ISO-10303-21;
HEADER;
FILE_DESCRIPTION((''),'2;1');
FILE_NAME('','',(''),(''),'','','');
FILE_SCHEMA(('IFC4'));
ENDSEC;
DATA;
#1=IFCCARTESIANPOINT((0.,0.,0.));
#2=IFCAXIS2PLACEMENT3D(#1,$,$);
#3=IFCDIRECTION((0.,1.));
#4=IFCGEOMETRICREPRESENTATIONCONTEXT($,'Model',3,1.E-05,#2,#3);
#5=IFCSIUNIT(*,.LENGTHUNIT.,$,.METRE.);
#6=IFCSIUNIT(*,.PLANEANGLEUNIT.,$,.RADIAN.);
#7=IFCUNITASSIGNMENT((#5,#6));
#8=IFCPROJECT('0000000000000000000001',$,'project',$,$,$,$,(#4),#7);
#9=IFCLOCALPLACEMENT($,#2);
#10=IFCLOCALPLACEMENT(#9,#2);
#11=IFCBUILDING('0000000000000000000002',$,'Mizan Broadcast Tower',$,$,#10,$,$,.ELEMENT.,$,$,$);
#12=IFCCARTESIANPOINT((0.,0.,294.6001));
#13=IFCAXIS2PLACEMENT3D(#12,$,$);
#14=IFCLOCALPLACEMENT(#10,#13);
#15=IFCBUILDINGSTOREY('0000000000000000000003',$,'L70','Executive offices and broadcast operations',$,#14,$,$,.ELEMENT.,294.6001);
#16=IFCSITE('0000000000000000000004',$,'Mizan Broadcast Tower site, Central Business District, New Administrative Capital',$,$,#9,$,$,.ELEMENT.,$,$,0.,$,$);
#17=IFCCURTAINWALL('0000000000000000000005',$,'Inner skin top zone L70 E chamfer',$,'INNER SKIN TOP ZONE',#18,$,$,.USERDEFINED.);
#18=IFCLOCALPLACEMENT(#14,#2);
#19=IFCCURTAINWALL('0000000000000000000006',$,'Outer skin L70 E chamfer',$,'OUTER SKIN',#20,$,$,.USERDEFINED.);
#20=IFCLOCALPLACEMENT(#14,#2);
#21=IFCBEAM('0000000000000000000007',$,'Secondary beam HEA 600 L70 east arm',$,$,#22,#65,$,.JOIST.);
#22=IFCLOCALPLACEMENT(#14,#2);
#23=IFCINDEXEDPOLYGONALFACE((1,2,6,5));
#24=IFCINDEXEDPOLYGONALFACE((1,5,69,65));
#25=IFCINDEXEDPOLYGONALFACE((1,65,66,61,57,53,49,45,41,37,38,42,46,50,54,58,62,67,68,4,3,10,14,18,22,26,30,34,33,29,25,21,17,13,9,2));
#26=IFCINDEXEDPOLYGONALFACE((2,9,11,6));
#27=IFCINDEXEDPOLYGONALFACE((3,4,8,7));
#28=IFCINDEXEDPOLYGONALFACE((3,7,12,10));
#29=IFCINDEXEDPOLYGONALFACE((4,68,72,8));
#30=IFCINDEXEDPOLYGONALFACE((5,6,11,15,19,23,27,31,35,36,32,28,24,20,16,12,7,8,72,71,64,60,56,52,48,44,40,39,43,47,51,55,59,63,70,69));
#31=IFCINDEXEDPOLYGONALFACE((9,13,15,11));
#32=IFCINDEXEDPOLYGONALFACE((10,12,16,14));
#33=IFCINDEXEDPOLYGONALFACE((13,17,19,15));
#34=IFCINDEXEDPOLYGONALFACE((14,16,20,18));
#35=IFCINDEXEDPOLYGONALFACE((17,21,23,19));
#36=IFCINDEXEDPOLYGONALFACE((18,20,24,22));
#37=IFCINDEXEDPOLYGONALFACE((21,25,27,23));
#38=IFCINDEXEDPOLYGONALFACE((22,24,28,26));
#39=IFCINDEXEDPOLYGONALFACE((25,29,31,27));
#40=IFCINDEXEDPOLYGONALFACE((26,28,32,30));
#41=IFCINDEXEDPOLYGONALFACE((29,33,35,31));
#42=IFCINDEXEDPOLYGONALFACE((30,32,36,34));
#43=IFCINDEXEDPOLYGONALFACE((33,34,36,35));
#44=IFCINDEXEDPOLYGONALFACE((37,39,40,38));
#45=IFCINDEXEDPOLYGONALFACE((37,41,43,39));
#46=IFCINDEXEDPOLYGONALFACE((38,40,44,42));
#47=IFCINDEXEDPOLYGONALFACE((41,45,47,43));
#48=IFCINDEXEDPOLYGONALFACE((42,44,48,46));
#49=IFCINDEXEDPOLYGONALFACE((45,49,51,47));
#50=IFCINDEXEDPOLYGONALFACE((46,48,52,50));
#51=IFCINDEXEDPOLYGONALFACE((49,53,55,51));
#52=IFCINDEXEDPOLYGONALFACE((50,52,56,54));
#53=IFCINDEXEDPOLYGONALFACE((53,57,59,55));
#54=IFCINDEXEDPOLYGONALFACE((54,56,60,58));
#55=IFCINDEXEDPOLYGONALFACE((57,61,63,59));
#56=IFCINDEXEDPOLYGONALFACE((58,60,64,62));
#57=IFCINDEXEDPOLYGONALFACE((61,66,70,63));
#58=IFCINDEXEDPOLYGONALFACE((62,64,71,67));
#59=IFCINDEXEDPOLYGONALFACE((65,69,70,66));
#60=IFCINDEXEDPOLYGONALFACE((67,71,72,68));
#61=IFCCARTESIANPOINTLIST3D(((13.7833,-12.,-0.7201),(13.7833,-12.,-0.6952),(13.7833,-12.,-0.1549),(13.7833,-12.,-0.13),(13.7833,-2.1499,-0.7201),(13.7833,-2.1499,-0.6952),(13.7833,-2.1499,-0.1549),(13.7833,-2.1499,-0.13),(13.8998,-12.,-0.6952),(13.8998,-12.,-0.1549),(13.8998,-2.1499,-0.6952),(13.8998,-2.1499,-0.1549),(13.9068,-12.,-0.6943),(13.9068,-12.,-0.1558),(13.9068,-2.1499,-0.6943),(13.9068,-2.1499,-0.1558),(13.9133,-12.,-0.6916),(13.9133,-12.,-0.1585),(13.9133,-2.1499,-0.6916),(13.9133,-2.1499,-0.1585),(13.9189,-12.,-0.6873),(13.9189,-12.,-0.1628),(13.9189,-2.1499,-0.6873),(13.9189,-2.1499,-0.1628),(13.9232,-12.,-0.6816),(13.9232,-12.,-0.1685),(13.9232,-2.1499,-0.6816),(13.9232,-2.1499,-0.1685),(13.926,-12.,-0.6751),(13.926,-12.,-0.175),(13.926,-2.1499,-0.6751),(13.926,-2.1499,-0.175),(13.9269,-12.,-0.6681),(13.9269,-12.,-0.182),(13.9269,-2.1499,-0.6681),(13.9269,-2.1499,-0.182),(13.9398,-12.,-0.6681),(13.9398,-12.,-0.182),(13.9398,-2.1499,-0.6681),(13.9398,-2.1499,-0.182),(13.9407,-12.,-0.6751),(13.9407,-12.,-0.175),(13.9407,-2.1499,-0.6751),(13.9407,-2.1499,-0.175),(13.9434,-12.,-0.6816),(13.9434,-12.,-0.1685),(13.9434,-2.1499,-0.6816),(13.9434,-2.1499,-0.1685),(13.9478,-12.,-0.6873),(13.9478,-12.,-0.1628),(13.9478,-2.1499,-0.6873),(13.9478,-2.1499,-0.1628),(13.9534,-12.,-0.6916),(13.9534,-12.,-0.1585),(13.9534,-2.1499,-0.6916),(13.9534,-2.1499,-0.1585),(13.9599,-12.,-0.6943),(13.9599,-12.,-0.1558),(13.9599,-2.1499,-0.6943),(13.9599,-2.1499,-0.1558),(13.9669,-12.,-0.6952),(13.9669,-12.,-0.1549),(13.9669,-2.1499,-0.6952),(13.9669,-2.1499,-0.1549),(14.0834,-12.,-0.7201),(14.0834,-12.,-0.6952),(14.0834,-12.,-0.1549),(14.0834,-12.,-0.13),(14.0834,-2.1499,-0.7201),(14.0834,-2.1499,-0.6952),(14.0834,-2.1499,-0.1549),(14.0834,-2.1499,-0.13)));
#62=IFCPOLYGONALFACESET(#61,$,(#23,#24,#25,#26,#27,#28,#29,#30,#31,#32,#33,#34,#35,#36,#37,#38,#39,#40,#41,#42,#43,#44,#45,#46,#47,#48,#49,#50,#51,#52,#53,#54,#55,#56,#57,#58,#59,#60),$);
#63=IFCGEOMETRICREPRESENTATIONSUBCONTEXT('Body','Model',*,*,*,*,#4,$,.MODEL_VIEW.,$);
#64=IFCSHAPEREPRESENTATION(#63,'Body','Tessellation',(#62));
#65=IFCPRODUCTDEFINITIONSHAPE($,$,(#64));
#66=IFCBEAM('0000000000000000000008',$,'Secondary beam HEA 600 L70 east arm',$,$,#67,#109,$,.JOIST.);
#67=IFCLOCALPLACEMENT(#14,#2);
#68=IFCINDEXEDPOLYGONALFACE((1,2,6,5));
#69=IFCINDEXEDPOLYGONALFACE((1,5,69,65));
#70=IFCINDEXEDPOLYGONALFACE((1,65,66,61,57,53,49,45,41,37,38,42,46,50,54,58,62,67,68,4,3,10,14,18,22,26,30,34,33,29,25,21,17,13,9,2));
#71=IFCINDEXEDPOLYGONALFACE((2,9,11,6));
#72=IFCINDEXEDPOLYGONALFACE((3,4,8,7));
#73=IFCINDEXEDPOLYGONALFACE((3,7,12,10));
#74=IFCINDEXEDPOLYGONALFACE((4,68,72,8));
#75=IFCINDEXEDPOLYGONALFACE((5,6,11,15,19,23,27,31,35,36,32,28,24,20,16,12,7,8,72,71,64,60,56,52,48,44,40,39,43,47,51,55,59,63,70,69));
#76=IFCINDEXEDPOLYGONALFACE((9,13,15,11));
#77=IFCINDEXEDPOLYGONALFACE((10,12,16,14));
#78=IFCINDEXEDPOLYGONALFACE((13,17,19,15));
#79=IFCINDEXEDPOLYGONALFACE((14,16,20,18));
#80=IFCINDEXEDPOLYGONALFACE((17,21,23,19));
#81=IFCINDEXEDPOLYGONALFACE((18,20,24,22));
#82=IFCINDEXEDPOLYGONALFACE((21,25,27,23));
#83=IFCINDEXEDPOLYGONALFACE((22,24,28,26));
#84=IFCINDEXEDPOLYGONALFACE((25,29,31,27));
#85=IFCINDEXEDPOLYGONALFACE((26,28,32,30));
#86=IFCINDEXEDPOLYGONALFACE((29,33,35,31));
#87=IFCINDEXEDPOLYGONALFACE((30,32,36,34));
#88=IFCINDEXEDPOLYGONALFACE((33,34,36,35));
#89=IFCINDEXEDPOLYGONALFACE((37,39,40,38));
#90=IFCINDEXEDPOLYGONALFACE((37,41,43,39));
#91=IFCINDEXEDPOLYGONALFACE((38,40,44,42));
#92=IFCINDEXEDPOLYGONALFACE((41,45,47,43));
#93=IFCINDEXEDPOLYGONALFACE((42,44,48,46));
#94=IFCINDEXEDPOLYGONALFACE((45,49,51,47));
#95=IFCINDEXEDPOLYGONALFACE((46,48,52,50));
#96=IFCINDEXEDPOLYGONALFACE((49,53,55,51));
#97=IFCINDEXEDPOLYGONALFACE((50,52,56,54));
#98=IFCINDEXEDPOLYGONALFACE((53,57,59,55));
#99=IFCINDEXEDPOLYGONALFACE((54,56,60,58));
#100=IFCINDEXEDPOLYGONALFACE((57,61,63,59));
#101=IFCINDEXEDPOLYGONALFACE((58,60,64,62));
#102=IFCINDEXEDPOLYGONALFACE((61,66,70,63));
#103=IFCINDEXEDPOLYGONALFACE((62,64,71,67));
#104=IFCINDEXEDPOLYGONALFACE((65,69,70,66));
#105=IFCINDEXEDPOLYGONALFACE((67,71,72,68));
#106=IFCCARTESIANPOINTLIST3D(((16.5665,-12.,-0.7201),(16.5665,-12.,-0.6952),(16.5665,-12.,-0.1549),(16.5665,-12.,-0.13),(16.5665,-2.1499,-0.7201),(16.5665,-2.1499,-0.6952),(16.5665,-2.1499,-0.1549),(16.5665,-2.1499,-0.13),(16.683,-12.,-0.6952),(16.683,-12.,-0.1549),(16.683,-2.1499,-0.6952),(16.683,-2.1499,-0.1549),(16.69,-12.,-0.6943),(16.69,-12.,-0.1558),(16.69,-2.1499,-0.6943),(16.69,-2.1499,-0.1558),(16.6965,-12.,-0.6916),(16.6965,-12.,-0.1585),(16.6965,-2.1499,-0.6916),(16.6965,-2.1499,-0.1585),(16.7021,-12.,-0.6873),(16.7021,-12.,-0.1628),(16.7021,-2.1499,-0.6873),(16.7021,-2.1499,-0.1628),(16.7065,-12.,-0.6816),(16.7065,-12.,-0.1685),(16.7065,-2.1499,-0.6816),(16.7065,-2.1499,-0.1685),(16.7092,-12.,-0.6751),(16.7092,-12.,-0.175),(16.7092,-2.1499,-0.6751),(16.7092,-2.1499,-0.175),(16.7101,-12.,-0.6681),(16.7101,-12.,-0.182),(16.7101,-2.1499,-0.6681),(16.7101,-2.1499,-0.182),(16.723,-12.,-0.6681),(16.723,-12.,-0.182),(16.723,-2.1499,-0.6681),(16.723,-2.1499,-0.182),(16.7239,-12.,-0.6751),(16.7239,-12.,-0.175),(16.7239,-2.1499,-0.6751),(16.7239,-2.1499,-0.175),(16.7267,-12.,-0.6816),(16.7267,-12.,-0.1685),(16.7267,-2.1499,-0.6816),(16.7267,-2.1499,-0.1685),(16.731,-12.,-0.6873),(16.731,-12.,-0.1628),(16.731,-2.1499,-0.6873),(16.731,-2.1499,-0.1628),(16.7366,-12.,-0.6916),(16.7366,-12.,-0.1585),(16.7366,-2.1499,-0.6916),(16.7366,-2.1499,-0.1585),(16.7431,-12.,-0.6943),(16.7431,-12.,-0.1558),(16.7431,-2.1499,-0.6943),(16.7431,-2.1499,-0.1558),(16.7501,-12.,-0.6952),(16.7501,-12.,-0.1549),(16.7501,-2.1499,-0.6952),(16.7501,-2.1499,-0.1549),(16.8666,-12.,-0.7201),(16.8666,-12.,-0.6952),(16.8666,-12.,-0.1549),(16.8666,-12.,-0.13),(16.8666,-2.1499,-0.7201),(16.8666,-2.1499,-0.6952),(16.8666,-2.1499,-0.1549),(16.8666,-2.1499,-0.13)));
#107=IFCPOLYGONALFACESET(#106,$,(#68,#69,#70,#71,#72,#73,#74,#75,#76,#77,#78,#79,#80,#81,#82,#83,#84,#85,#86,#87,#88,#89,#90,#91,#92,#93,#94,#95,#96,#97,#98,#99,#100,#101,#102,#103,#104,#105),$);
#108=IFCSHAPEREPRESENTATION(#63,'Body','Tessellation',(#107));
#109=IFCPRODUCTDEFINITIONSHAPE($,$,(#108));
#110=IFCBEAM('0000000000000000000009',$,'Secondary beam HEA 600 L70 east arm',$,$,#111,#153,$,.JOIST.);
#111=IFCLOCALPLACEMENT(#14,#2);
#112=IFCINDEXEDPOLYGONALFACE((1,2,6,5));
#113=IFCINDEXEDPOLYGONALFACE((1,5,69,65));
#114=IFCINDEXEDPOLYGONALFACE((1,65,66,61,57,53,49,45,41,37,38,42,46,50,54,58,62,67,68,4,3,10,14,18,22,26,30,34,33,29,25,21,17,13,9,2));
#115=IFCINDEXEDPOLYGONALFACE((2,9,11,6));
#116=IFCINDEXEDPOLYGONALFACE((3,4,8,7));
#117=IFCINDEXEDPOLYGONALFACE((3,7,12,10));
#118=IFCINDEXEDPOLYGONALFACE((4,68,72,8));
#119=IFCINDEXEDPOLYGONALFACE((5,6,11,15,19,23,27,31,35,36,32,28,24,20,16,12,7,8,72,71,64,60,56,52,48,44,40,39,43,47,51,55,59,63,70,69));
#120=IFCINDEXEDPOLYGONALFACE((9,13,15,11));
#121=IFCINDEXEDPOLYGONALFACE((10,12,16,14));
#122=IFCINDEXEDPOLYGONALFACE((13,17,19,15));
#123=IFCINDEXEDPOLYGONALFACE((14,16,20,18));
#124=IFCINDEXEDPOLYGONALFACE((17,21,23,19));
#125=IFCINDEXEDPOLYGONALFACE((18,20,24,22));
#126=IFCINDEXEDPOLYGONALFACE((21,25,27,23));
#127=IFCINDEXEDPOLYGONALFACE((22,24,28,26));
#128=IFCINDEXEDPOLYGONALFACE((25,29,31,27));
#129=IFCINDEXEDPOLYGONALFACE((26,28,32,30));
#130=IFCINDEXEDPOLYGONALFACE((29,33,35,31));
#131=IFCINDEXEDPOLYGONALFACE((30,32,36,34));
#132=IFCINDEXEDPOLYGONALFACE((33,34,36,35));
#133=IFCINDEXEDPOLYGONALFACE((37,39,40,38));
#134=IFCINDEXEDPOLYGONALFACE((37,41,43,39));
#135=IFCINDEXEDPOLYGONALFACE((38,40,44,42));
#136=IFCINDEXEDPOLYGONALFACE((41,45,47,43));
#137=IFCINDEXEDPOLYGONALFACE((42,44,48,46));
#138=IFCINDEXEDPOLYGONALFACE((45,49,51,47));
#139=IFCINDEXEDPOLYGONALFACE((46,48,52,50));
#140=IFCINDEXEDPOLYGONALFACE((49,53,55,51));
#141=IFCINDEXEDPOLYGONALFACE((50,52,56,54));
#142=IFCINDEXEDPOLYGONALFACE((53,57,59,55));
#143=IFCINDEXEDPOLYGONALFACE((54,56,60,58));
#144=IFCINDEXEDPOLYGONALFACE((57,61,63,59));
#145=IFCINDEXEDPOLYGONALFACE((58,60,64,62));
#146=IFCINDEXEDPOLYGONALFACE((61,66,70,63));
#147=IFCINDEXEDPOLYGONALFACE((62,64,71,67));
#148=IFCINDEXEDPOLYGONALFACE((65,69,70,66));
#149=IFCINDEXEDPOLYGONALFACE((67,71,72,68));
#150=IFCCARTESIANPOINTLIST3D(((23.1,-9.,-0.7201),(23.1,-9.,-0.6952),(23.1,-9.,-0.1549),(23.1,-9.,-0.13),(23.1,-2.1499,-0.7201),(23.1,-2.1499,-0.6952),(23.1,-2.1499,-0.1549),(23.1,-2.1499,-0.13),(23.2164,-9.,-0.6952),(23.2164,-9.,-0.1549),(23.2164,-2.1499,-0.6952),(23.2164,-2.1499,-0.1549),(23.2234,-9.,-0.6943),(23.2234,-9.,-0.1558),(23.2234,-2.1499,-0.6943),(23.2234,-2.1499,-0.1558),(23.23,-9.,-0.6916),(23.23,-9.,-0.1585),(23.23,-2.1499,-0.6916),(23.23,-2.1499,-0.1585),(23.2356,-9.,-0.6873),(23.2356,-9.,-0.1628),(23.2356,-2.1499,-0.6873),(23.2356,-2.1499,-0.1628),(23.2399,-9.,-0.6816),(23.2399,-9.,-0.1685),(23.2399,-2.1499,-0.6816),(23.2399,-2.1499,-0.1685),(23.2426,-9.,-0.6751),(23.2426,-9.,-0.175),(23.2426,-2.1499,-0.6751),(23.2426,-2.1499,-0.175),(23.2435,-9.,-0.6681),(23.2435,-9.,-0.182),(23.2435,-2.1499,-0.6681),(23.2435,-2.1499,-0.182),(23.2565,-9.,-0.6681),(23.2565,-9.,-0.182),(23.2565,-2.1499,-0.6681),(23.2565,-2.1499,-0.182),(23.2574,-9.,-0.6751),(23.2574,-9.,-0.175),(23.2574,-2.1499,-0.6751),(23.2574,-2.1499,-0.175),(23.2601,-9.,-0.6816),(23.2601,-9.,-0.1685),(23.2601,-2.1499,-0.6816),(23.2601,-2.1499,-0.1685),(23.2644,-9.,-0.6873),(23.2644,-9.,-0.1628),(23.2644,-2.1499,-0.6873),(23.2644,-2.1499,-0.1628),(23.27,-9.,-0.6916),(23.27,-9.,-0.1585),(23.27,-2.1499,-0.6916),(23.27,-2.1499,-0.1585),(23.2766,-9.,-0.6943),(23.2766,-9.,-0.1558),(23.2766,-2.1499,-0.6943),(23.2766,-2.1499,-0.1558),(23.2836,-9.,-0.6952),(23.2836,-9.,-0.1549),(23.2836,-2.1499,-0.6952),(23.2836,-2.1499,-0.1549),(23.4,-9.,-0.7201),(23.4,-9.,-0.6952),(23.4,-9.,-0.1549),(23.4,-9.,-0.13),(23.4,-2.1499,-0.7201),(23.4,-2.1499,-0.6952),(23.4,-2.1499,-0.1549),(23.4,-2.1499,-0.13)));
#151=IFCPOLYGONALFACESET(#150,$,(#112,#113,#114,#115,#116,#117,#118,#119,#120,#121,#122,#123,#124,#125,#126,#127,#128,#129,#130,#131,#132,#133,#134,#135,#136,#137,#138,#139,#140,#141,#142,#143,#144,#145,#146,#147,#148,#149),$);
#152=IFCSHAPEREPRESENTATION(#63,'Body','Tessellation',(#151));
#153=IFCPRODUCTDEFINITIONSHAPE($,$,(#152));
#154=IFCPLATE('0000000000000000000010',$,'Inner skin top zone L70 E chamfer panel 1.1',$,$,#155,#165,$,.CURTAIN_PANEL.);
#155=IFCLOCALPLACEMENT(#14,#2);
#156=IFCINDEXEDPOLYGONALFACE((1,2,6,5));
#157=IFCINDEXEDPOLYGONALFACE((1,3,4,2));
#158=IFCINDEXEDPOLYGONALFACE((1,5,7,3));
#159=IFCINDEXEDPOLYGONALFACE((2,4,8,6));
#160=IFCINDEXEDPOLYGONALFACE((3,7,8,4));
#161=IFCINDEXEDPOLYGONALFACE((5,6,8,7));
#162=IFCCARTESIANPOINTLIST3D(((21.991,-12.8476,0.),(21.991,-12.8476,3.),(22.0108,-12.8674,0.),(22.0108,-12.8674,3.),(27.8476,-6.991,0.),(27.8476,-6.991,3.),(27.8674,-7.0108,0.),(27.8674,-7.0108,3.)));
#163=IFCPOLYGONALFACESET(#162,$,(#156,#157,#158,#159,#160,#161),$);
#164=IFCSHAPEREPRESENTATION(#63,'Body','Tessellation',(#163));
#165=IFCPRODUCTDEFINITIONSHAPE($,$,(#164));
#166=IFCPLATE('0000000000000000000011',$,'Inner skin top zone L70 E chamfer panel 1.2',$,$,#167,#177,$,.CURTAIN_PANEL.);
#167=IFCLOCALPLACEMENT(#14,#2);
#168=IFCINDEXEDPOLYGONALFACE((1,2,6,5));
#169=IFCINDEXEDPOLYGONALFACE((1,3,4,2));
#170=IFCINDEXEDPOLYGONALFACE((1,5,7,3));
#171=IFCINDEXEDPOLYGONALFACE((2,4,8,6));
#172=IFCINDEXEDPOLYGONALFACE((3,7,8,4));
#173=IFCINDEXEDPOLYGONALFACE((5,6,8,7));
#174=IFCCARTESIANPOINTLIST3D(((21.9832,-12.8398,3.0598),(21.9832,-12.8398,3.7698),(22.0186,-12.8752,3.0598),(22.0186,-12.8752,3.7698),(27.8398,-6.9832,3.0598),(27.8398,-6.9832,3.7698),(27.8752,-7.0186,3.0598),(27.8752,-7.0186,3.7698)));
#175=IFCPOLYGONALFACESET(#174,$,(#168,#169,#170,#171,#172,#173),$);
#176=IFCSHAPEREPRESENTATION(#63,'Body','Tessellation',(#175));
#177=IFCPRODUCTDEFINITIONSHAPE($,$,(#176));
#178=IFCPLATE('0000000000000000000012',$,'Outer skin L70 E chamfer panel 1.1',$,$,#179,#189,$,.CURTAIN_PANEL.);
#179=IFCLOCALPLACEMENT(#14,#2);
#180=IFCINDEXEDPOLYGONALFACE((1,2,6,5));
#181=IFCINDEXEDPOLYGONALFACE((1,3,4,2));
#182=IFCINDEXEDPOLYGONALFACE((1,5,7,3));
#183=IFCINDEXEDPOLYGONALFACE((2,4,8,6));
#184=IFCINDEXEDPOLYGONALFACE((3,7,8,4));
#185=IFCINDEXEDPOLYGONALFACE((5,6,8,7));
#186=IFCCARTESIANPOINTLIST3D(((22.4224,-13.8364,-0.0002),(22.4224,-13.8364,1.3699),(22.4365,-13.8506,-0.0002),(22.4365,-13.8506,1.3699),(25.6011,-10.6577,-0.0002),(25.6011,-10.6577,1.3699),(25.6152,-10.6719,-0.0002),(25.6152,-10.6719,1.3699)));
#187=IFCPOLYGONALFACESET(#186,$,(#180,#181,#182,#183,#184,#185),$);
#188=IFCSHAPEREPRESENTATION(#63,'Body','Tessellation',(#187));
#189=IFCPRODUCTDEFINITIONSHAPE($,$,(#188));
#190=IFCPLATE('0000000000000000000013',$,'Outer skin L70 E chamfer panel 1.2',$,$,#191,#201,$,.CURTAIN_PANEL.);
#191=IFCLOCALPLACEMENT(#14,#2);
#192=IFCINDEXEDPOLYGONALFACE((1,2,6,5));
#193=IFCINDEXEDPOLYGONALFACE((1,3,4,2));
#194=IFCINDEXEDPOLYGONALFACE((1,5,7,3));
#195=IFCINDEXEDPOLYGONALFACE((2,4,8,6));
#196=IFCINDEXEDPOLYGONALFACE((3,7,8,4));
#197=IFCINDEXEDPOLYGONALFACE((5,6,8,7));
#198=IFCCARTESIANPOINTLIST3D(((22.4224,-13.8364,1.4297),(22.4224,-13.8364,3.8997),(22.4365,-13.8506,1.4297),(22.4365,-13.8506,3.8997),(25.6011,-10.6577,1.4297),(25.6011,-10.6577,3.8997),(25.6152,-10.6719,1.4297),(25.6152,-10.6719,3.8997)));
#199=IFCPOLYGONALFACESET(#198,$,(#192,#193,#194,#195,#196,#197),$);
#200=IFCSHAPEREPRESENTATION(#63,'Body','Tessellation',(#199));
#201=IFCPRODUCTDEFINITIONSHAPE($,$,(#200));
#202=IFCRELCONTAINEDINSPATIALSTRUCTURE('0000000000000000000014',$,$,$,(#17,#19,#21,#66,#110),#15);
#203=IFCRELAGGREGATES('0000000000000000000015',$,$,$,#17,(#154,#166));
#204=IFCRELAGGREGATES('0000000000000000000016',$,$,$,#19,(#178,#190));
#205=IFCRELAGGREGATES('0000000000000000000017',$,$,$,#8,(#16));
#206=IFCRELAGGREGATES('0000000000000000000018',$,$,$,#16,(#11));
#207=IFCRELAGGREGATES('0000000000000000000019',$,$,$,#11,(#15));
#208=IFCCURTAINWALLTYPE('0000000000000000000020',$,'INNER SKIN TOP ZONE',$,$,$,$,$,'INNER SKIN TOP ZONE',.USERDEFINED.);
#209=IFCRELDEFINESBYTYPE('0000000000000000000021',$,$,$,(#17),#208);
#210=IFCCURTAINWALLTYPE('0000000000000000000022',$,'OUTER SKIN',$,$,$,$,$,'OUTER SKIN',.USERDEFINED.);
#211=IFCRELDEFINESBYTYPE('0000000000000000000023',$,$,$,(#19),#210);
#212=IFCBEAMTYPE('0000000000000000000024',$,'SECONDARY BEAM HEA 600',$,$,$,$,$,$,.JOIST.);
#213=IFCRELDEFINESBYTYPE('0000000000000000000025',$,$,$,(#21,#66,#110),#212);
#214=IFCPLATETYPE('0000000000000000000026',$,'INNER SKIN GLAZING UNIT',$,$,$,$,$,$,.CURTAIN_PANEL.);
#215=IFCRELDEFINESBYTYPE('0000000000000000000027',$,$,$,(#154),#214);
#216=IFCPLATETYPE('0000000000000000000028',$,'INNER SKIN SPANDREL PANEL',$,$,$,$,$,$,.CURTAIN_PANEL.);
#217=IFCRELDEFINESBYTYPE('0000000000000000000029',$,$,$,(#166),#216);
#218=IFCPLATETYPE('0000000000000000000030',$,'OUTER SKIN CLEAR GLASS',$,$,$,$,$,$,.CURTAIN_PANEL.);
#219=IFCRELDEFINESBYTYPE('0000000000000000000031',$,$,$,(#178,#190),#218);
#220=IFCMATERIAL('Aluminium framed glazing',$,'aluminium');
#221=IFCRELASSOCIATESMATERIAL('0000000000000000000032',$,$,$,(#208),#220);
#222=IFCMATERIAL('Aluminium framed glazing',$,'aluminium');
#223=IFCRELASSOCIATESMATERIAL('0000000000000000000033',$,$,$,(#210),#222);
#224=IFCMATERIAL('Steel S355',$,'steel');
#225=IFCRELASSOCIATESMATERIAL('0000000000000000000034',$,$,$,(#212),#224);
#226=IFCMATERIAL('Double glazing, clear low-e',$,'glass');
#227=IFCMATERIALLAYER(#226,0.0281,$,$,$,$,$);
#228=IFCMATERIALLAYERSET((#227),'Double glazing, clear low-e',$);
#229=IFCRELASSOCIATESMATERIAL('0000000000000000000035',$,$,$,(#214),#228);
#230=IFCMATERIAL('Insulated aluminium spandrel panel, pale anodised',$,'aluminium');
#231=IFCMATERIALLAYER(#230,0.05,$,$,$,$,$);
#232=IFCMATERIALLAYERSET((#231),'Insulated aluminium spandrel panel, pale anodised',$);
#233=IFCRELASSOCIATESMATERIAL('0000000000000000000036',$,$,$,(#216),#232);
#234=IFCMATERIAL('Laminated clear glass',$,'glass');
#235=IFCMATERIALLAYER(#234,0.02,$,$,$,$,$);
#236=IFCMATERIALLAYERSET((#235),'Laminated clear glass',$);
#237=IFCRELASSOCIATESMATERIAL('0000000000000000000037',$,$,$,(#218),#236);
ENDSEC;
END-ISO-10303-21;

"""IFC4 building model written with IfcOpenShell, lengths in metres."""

from ifc_helpers import new_model, si_unit, direction, frame, origin, origin_2d, place, context, subcontext, project, spatial, rectangle, i_section, extrude, material, layer, layer_set, material_profile, profile_set, type_object, element, aggregate, save


model = new_model("IFC4")

# Units and contexts
model_context = context("Model", 3, precision=1e-05, world=origin(), true_north=direction((0.0, 1.0)))
body_context = subcontext(model_context, "Body", "Model", "MODEL_VIEW")
ifc_project = project(units=[si_unit("LENGTHUNIT", "METRE"), si_unit("PLANEANGLEUNIT", "RADIAN")], contexts=[model_context])

# Site, building, storey
site_placement = place(None, origin())
site = spatial("IfcSite", under=ifc_project, at=site_placement, Name="Mizan Broadcast Tower site, Central Business District, New Administrative Capital", CompositionType="ELEMENT", RefElevation=0.0)
building_placement = place(site_placement, origin())
building = spatial("IfcBuilding", under=site, at=building_placement, Name="Mizan Broadcast Tower", CompositionType="ELEMENT")
storey_placement = place(building_placement, frame((0.0, 0.0, 294.6001)))
storey = spatial("IfcBuildingStorey", under=building, at=storey_placement, Name="L70", Description="Executive offices and broadcast operations", CompositionType="ELEMENT", Elevation=294.6001)

# Curtain wall
ifc_material_1 = material(Name="Aluminium framed glazing", Category="aluminium")
curtain_wall_type_1 = type_object("IfcCurtainWallType", Name="INNER SKIN TOP ZONE", ElementType="INNER SKIN TOP ZONE", PredefinedType="USERDEFINED", material=ifc_material_1)
curtain_wall_1_placement = place(storey_placement, origin())
curtain_wall_1 = element("IfcCurtainWall", 1, at=curtain_wall_1_placement, inside=storey, type_object=curtain_wall_type_1, Name="Inner skin top zone L70 E chamfer", ObjectType="INNER SKIN TOP ZONE", PredefinedType="USERDEFINED")

# Curtain wall
ifc_material_2 = material(Name="Aluminium framed glazing", Category="aluminium")
curtain_wall_type_2 = type_object("IfcCurtainWallType", Name="OUTER SKIN", ElementType="OUTER SKIN", PredefinedType="USERDEFINED", material=ifc_material_2)
curtain_wall_2_placement = place(storey_placement, origin())
curtain_wall_2 = element("IfcCurtainWall", 2, at=curtain_wall_2_placement, inside=storey, type_object=curtain_wall_type_2, Name="Outer skin L70 E chamfer", ObjectType="OUTER SKIN", PredefinedType="USERDEFINED")

# Beams
ifc_material_3 = material(Name="Steel S355", Category="steel")
ifc_material_profile_1 = material_profile(ifc_material_3, i_section(OverallWidth=0.3, OverallDepth=0.5901, WebThickness=0.0129, FlangeThickness=0.0249, FilletRadius=0.0271, at=origin_2d()), Name="HEA 600")
ifc_profile_set_1 = profile_set([ifc_material_profile_1], Name="Steel S355")
beam_type_1 = type_object("IfcBeamType", Name="SECONDARY BEAM HEA 600", PredefinedType="JOIST", material=ifc_profile_set_1)
for number, where, z_axis, x_axis, name in (
    (3, (13.9333, -12.0, -0.425), (0.0, 1.0, 0.0), (-1.0, 0.0, 0.0), "Secondary beam HEA 600 L70 east arm"),
    (4, (16.7166, -12.0, -0.425), (0.0, 1.0, 0.0), (-1.0, 0.0, 0.0), "Secondary beam HEA 600 L70 east arm"),
):
    element("IfcBeam", number, at=place(storey_placement, frame(where, z_axis=z_axis, x_axis=x_axis)), inside=storey, type_object=beam_type_1, Name=name, PredefinedType="JOIST", context=body_context, shape_type="SweptSolid", body=[
        extrude(i_section(OverallWidth=0.3, OverallDepth=0.5901, WebThickness=0.0129, FlangeThickness=0.0249, FilletRadius=0.0271, at=origin_2d()), origin(), (0.0, 0.0, 1.0), 9.8501),
    ])
beam_1_placement = place(storey_placement, frame((23.25, -9.0, -0.425), z_axis=(0.0, 1.0, 0.0), x_axis=(-1.0, 0.0, 0.0)))
element("IfcBeam", 5, at=beam_1_placement, inside=storey, type_object=beam_type_1, Name="Secondary beam HEA 600 L70 east arm", PredefinedType="JOIST", context=body_context, shape_type="SweptSolid", body=[
    extrude(i_section(OverallWidth=0.3, OverallDepth=0.5901, WebThickness=0.0129, FlangeThickness=0.0249, FilletRadius=0.0271, at=origin_2d()), origin(), (0.0, 0.0, 1.0), 6.8501),
])

# Plates
ifc_material_4 = material(Name="Double glazing, clear low-e", Category="glass")
ifc_layer_1 = layer(ifc_material_4, 0.0281)
ifc_layer_set_1 = layer_set([ifc_layer_1], Name="Double glazing, clear low-e")
plate_type_1 = type_object("IfcPlateType", Name="INNER SKIN GLAZING UNIT", PredefinedType="CURTAIN_PANEL", material=ifc_layer_set_1)
plate_1_placement = place(storey_placement, frame((24.9292, -9.9292, 0.0), z_axis=(0.0, 0.0, 1.0), x_axis=(0.707107, 0.707107, 0.0)))
plate_1 = element("IfcPlate", 6, at=plate_1_placement, type_object=plate_type_1, Name="Inner skin top zone L70 E chamfer panel 1.1", PredefinedType="CURTAIN_PANEL", context=body_context, shape_type="SweptSolid", body=[
    extrude(rectangle(XDim=8.2825, YDim=0.0281, at=origin_2d()), origin(), (0.0, 0.0, 1.0), 3.0),
])
ifc_material_5 = material(Name="Insulated aluminium spandrel panel, pale anodised", Category="aluminium")
ifc_layer_2 = layer(ifc_material_5, 0.05)
ifc_layer_set_2 = layer_set([ifc_layer_2], Name="Insulated aluminium spandrel panel, pale anodised")
plate_type_2 = type_object("IfcPlateType", Name="INNER SKIN SPANDREL PANEL", PredefinedType="CURTAIN_PANEL", material=ifc_layer_set_2)
plate_2_placement = place(storey_placement, frame((24.9292, -9.9292, 3.0598), z_axis=(0.0, 0.0, 1.0), x_axis=(0.707107, 0.707107, 0.0)))
plate_2 = element("IfcPlate", 7, at=plate_2_placement, type_object=plate_type_2, Name="Inner skin top zone L70 E chamfer panel 1.2", PredefinedType="CURTAIN_PANEL", context=body_context, shape_type="SweptSolid", body=[
    extrude(rectangle(XDim=8.2825, YDim=0.05, at=origin_2d()), origin(), (0.0, 0.0, 1.0), 0.71),
])
aggregate(curtain_wall_1, [plate_1, plate_2])
ifc_material_6 = material(Name="Laminated clear glass", Category="glass")
ifc_layer_3 = layer(ifc_material_6, 0.02)
ifc_layer_set_3 = layer_set([ifc_layer_3], Name="Laminated clear glass")
plate_type_3 = type_object("IfcPlateType", Name="OUTER SKIN CLEAR GLASS", PredefinedType="CURTAIN_PANEL", material=ifc_layer_set_3)
plate_3_placement = place(storey_placement, frame((24.0188, -12.2542, -0.0002), z_axis=(0.0, 0.0, 1.0), x_axis=(0.707107, 0.707107, 0.0)))
plate_3 = element("IfcPlate", 8, at=plate_3_placement, type_object=plate_type_3, Name="Outer skin L70 E chamfer panel 1.1", PredefinedType="CURTAIN_PANEL", context=body_context, shape_type="SweptSolid", body=[
    extrude(rectangle(XDim=4.4954, YDim=0.02, at=origin_2d()), origin(), (0.0, 0.0, 1.0), 1.3701),
])
plate_4_placement = place(storey_placement, frame((24.0188, -12.2542, 1.4297), z_axis=(0.0, 0.0, 1.0), x_axis=(0.707107, 0.707107, 0.0)))
plate_4 = element("IfcPlate", 9, at=plate_4_placement, type_object=plate_type_3, Name="Outer skin L70 E chamfer panel 1.2", PredefinedType="CURTAIN_PANEL", context=body_context, shape_type="SweptSolid", body=[
    extrude(rectangle(XDim=4.4954, YDim=0.02, at=origin_2d()), origin(), (0.0, 0.0, 1.0), 2.47),
])
aggregate(curtain_wall_2, [plate_3, plate_4])

save(model, "model.ifc")
